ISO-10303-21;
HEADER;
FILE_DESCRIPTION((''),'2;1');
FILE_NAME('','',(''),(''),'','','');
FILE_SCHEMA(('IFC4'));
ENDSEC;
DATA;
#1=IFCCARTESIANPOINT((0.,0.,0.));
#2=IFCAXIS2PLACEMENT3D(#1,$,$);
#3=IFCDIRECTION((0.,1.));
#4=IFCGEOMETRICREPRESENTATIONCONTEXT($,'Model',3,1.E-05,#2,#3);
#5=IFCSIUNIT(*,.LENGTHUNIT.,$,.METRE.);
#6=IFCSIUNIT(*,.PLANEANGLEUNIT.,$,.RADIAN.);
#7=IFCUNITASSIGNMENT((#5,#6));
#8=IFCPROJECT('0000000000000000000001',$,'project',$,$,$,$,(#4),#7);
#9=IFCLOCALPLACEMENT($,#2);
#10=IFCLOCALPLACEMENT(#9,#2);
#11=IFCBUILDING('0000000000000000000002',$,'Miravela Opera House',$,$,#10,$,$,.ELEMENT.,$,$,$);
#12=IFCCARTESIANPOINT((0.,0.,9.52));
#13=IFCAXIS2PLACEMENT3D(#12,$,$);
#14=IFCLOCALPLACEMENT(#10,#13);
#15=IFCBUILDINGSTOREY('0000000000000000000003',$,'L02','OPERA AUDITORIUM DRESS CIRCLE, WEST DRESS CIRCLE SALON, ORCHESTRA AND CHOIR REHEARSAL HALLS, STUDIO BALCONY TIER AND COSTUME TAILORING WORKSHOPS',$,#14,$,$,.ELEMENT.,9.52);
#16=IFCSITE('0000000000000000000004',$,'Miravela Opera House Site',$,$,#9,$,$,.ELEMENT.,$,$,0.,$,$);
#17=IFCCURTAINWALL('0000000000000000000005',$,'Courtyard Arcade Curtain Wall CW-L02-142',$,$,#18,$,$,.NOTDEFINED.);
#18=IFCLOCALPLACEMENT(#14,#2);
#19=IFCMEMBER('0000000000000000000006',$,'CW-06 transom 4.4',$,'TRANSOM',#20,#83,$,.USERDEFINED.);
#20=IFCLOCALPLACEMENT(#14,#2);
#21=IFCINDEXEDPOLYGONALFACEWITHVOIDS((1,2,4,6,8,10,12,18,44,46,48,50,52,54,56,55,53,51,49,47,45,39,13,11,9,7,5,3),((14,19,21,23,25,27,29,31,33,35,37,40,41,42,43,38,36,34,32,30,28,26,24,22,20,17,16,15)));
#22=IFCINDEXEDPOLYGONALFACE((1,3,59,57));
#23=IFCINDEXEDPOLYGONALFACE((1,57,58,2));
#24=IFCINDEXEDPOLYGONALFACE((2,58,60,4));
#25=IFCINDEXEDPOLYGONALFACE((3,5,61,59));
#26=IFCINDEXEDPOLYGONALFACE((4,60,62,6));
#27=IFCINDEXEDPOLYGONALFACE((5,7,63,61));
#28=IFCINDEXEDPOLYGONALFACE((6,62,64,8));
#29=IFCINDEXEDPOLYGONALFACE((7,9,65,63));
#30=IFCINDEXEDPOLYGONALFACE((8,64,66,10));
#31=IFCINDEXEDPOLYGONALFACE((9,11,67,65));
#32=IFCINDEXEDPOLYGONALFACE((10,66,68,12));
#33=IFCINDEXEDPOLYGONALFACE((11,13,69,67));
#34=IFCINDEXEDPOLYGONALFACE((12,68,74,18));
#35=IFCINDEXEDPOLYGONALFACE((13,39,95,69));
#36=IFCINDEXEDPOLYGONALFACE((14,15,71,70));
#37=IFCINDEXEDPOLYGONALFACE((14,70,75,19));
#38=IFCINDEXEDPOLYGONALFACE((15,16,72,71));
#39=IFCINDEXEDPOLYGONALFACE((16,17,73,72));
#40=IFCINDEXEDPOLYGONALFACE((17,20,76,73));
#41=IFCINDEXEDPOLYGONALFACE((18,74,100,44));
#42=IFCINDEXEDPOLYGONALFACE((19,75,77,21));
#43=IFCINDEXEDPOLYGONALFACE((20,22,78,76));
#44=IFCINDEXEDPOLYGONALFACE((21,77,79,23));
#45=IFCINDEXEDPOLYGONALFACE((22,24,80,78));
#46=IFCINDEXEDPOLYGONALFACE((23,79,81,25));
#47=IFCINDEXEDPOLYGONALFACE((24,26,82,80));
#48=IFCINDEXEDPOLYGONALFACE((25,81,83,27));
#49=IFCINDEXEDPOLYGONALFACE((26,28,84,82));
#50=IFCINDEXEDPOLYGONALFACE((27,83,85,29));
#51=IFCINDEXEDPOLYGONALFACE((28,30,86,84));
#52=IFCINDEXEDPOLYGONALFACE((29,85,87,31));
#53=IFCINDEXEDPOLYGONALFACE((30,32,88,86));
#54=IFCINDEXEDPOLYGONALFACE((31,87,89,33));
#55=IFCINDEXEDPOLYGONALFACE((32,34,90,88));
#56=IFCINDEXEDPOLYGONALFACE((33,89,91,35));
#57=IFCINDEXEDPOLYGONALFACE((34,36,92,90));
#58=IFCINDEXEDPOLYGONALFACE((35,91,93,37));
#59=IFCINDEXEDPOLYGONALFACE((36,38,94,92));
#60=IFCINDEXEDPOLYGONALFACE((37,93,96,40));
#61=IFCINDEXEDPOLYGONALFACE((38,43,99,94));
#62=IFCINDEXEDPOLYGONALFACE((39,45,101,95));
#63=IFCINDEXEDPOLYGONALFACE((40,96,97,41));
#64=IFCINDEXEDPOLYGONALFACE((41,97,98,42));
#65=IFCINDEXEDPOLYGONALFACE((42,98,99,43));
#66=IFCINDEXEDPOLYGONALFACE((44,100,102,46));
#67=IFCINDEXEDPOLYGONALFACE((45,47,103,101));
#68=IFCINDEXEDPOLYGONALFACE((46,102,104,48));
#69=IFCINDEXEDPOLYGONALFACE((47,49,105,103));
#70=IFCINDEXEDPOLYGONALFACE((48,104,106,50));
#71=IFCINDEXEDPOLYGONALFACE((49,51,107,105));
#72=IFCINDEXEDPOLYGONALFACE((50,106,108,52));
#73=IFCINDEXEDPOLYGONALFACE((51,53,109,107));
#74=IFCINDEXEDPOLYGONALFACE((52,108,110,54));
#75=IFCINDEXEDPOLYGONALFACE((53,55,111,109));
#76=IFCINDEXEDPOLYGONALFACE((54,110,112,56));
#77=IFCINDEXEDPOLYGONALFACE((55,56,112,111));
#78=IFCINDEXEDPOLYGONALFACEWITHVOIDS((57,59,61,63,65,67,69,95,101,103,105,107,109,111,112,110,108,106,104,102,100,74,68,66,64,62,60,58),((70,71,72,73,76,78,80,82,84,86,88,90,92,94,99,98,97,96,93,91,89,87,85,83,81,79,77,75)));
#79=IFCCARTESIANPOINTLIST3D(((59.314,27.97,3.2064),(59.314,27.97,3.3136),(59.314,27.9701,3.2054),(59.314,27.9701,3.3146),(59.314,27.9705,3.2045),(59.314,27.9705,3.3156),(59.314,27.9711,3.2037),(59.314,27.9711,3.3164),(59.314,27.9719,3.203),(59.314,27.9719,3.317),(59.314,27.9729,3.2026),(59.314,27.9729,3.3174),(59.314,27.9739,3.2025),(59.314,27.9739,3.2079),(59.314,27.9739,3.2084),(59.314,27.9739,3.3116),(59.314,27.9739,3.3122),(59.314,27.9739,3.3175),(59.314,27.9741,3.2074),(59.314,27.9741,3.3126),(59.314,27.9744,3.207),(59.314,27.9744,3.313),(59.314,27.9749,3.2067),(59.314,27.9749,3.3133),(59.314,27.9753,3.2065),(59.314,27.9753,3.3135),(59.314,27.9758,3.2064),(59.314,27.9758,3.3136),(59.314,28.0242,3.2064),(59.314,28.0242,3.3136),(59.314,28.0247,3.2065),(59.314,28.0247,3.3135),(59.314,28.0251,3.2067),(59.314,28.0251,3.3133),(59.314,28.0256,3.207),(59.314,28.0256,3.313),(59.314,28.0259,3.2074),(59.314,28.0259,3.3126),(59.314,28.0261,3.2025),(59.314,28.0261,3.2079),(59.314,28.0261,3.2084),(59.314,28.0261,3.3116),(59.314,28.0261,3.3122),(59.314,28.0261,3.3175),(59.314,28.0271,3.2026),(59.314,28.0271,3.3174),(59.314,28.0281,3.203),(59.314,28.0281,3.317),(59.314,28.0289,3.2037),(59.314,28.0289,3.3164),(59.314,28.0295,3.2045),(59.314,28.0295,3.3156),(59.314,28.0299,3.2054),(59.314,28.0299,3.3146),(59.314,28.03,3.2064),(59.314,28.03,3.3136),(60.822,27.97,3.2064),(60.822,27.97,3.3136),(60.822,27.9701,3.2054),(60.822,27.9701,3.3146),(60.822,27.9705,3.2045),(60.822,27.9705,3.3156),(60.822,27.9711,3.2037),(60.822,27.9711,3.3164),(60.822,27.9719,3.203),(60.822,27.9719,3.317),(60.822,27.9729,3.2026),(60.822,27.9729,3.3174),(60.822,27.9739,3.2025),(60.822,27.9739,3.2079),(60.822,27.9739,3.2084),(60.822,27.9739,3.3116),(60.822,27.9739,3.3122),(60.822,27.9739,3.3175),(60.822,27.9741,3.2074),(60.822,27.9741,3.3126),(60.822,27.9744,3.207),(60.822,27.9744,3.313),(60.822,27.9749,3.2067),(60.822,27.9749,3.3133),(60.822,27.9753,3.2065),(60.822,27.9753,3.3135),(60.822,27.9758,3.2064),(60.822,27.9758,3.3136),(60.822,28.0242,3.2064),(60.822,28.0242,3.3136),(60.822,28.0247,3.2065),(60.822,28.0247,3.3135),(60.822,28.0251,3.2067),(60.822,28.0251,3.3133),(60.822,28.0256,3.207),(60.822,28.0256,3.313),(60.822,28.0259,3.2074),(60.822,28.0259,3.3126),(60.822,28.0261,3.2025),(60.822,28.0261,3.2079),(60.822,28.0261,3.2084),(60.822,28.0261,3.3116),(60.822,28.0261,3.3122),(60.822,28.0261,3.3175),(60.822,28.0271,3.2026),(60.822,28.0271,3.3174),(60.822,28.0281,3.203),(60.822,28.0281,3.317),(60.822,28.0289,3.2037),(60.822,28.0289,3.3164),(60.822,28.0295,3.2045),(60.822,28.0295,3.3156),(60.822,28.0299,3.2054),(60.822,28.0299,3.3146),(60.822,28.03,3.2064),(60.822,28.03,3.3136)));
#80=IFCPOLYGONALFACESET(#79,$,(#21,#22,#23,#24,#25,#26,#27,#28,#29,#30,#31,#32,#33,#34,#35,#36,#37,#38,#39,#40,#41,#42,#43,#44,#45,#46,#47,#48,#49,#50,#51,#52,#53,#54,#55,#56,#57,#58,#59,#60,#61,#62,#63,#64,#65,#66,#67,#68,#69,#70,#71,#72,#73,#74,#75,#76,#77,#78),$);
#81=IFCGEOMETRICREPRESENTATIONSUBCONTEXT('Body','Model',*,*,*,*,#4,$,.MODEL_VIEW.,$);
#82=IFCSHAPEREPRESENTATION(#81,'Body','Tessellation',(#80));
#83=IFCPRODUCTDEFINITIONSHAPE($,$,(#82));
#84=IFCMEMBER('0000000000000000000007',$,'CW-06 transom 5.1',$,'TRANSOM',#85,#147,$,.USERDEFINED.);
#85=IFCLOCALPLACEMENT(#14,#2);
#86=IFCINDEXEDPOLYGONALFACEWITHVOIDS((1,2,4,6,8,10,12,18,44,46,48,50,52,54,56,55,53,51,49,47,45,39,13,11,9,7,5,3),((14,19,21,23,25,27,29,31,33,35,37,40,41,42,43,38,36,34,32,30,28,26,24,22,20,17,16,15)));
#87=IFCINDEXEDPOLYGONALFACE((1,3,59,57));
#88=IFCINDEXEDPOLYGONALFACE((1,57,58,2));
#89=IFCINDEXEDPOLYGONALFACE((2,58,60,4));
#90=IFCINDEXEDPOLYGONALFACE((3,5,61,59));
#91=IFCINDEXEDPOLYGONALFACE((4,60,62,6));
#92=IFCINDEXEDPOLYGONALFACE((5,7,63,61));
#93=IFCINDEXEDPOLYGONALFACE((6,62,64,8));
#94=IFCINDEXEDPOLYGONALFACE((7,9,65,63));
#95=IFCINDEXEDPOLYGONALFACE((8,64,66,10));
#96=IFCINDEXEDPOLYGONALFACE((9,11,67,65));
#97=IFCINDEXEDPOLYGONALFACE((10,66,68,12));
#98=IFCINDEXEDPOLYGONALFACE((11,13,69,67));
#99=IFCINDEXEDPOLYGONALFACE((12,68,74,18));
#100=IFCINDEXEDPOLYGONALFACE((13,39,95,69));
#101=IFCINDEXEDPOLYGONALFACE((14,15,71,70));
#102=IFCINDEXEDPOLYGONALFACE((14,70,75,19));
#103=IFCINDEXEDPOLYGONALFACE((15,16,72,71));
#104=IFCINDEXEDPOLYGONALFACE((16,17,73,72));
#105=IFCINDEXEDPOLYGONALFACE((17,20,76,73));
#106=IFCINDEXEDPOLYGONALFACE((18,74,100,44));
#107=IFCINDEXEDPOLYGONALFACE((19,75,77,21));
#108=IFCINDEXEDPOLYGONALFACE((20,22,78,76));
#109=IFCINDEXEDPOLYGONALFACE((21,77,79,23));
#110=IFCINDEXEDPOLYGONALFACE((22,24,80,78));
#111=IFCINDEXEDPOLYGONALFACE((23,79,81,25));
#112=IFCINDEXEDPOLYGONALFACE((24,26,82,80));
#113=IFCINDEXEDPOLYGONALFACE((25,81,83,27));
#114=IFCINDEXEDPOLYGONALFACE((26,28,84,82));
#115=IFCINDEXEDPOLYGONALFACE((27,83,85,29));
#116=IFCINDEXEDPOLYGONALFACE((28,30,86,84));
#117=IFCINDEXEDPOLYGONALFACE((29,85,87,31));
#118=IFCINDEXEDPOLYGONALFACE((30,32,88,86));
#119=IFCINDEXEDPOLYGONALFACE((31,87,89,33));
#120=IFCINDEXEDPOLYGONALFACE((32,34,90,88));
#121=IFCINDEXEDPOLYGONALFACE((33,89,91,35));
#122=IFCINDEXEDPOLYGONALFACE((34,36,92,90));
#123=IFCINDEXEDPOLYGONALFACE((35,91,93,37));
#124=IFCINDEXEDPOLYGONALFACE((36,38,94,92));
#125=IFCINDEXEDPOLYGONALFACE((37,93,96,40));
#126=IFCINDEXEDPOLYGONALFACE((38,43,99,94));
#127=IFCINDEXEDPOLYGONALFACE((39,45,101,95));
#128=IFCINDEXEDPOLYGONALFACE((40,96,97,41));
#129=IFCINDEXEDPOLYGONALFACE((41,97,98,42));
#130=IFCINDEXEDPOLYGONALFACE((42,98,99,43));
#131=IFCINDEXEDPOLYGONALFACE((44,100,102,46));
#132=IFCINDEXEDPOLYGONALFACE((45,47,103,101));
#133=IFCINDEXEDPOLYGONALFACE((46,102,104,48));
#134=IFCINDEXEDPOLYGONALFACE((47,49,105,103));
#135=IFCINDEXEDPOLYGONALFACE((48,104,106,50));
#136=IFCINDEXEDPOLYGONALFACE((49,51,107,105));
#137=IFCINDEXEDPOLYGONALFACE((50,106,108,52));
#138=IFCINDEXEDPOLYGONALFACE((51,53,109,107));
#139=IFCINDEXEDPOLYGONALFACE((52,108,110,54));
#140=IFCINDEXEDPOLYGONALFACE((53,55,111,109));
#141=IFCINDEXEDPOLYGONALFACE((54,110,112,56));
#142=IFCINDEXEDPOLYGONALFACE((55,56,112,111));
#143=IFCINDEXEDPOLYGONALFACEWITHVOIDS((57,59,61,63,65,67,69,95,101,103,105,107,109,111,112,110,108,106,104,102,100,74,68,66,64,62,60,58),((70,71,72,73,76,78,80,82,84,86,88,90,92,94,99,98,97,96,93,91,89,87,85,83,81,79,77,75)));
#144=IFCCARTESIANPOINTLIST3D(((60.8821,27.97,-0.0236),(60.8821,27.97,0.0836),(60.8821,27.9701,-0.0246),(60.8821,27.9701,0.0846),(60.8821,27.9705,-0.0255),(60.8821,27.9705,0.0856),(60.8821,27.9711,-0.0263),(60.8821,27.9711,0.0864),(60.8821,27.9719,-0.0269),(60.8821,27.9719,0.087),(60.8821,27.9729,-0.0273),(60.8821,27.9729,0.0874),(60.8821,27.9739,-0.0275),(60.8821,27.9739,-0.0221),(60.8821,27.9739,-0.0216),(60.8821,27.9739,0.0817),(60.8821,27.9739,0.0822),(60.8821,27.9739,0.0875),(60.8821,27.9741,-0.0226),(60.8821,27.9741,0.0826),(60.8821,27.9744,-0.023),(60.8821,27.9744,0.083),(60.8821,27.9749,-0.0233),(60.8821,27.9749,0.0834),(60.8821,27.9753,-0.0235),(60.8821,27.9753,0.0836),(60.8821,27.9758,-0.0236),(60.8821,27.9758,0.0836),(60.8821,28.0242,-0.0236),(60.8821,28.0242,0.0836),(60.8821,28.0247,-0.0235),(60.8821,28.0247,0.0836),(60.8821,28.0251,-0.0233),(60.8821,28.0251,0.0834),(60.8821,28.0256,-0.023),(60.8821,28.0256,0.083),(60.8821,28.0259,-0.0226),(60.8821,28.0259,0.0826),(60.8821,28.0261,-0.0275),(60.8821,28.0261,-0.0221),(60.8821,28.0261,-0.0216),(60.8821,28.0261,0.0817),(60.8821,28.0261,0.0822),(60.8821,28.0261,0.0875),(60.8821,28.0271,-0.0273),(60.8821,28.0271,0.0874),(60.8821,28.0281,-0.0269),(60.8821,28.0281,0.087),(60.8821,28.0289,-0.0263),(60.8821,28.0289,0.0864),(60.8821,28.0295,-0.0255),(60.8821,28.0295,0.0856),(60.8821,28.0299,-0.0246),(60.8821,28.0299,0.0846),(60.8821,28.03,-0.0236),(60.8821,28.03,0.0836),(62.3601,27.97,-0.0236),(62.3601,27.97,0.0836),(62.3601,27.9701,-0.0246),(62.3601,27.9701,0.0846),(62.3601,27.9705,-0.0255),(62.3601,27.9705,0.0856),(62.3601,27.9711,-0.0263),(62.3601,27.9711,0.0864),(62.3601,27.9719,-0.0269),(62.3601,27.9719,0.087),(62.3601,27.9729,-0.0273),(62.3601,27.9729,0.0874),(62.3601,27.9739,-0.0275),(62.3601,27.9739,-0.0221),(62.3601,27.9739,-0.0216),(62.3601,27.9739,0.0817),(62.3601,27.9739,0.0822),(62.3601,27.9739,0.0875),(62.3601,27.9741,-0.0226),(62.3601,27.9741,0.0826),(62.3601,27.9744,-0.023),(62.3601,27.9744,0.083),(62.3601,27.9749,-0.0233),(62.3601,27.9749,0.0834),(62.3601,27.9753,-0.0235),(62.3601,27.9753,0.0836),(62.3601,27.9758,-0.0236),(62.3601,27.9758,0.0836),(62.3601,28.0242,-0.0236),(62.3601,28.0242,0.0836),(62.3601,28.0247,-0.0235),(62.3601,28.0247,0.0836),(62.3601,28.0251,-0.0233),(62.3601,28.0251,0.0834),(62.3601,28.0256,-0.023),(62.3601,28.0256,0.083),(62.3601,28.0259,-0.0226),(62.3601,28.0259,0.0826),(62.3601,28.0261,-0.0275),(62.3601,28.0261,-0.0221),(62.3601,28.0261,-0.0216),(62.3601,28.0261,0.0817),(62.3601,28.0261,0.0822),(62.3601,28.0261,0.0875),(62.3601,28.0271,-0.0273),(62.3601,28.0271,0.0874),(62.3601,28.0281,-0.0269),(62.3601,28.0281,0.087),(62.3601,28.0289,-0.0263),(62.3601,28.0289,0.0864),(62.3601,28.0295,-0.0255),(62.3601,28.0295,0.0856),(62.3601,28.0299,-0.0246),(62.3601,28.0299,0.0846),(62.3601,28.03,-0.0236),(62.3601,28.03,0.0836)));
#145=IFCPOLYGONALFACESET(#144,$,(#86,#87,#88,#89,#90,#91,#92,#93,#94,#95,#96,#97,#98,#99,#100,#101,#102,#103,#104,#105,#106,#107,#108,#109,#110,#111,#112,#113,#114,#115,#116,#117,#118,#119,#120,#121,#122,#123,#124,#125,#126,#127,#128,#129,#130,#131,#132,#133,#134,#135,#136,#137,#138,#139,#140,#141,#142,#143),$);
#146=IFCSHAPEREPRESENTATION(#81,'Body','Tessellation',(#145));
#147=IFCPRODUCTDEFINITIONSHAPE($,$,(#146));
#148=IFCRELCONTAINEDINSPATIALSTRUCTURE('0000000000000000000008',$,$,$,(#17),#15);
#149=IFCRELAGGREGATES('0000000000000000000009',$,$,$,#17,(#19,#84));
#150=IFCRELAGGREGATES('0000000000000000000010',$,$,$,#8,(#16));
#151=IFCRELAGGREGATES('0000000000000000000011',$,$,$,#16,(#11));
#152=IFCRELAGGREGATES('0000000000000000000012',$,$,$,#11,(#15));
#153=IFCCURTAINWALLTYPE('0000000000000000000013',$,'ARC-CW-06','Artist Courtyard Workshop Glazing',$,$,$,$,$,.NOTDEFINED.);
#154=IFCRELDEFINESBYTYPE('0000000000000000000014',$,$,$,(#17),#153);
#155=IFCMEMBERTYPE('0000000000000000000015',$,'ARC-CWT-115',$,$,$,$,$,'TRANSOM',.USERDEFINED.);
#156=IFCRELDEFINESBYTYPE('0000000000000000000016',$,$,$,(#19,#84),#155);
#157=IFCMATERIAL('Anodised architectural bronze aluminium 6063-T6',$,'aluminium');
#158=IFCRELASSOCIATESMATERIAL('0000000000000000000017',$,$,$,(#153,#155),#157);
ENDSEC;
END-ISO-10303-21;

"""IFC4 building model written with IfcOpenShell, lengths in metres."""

from ifc_helpers import new_model, si_unit, direction, frame, origin, origin_2d, place, context, subcontext, project, spatial, hollow_rectangle, extrude, material, material_profile, profile_set, type_object, element, aggregate, save


model = new_model("IFC4")

# Units and contexts
model_context = context("Model", 3, precision=1e-05, world=origin(), true_north=direction((0.0, 1.0)))
body_context = subcontext(model_context, "Body", "Model", "MODEL_VIEW")
ifc_project = project(units=[si_unit("LENGTHUNIT", "METRE"), si_unit("PLANEANGLEUNIT", "RADIAN")], contexts=[model_context])

# Site, building, storey
site_placement = place(None, origin())
site = spatial("IfcSite", under=ifc_project, at=site_placement, Name="Miravela Opera House Site", CompositionType="ELEMENT", RefElevation=0.0)
building_placement = place(site_placement, origin())
building = spatial("IfcBuilding", under=site, at=building_placement, Name="Miravela Opera House", CompositionType="ELEMENT")
storey_placement = place(building_placement, frame((0.0, 0.0, 9.52)))
storey = spatial("IfcBuildingStorey", under=building, at=storey_placement, Name="L02", Description="OPERA AUDITORIUM DRESS CIRCLE, WEST DRESS CIRCLE SALON, ORCHESTRA AND CHOIR REHEARSAL HALLS, STUDIO BALCONY TIER AND COSTUME TAILORING WORKSHOPS", CompositionType="ELEMENT", Elevation=9.52)

# Curtain wall, members
ifc_material_1 = material(Name="Anodised architectural bronze aluminium 6063-T6", Category="aluminium")
curtain_wall_type = type_object("IfcCurtainWallType", Name="ARC-CW-06", Description="Artist Courtyard Workshop Glazing", PredefinedType="NOTDEFINED", material=ifc_material_1)
curtain_wall_placement = place(storey_placement, origin())
curtain_wall = element("IfcCurtainWall", 1, at=curtain_wall_placement, inside=storey, type_object=curtain_wall_type, Name="Courtyard Arcade Curtain Wall CW-L02-142", PredefinedType="NOTDEFINED")
ifc_material_profile_1 = material_profile(ifc_material_1, hollow_rectangle(XDim=0.0601, YDim=0.115, WallThickness=0.0039, InnerFilletRadius=0.002, OuterFilletRadius=0.0039, at=origin_2d()), Name="CWT-60X115")
ifc_profile_set_1 = profile_set([ifc_material_profile_1])
member_type_1 = type_object("IfcMemberType", Name="ARC-CWT-115", ElementType="TRANSOM", PredefinedType="USERDEFINED", material=ifc_profile_set_1)
member_1_placement = place(storey_placement, frame((59.314, 28.0, 3.26), z_axis=(1.0, 0.0, 0.0), x_axis=(0.0, 1.0, 0.0)))
member_1 = element("IfcMember", 2, at=member_1_placement, type_object=member_type_1, Name="CW-06 transom 4.4", ObjectType="TRANSOM", PredefinedType="USERDEFINED", context=body_context, shape_type="SweptSolid", body=[
    extrude(hollow_rectangle(XDim=0.0601, YDim=0.115, WallThickness=0.0039, InnerFilletRadius=0.002, OuterFilletRadius=0.0039, at=origin_2d()), origin(), (0.0, 0.0, 1.0), 1.5081),
])
member_2_placement = place(storey_placement, frame((60.8821, 28.0, 0.03), z_axis=(1.0, 0.0, 0.0), x_axis=(0.0, 1.0, 0.0)))
member_2 = element("IfcMember", 3, at=member_2_placement, type_object=member_type_1, Name="CW-06 transom 5.1", ObjectType="TRANSOM", PredefinedType="USERDEFINED", context=body_context, shape_type="SweptSolid", body=[
    extrude(hollow_rectangle(XDim=0.0601, YDim=0.115, WallThickness=0.0039, InnerFilletRadius=0.002, OuterFilletRadius=0.0039, at=origin_2d()), origin(), (0.0, 0.0, 1.0), 1.478),
])
aggregate(curtain_wall, [member_1, member_2])

save(model, "model.ifc")
